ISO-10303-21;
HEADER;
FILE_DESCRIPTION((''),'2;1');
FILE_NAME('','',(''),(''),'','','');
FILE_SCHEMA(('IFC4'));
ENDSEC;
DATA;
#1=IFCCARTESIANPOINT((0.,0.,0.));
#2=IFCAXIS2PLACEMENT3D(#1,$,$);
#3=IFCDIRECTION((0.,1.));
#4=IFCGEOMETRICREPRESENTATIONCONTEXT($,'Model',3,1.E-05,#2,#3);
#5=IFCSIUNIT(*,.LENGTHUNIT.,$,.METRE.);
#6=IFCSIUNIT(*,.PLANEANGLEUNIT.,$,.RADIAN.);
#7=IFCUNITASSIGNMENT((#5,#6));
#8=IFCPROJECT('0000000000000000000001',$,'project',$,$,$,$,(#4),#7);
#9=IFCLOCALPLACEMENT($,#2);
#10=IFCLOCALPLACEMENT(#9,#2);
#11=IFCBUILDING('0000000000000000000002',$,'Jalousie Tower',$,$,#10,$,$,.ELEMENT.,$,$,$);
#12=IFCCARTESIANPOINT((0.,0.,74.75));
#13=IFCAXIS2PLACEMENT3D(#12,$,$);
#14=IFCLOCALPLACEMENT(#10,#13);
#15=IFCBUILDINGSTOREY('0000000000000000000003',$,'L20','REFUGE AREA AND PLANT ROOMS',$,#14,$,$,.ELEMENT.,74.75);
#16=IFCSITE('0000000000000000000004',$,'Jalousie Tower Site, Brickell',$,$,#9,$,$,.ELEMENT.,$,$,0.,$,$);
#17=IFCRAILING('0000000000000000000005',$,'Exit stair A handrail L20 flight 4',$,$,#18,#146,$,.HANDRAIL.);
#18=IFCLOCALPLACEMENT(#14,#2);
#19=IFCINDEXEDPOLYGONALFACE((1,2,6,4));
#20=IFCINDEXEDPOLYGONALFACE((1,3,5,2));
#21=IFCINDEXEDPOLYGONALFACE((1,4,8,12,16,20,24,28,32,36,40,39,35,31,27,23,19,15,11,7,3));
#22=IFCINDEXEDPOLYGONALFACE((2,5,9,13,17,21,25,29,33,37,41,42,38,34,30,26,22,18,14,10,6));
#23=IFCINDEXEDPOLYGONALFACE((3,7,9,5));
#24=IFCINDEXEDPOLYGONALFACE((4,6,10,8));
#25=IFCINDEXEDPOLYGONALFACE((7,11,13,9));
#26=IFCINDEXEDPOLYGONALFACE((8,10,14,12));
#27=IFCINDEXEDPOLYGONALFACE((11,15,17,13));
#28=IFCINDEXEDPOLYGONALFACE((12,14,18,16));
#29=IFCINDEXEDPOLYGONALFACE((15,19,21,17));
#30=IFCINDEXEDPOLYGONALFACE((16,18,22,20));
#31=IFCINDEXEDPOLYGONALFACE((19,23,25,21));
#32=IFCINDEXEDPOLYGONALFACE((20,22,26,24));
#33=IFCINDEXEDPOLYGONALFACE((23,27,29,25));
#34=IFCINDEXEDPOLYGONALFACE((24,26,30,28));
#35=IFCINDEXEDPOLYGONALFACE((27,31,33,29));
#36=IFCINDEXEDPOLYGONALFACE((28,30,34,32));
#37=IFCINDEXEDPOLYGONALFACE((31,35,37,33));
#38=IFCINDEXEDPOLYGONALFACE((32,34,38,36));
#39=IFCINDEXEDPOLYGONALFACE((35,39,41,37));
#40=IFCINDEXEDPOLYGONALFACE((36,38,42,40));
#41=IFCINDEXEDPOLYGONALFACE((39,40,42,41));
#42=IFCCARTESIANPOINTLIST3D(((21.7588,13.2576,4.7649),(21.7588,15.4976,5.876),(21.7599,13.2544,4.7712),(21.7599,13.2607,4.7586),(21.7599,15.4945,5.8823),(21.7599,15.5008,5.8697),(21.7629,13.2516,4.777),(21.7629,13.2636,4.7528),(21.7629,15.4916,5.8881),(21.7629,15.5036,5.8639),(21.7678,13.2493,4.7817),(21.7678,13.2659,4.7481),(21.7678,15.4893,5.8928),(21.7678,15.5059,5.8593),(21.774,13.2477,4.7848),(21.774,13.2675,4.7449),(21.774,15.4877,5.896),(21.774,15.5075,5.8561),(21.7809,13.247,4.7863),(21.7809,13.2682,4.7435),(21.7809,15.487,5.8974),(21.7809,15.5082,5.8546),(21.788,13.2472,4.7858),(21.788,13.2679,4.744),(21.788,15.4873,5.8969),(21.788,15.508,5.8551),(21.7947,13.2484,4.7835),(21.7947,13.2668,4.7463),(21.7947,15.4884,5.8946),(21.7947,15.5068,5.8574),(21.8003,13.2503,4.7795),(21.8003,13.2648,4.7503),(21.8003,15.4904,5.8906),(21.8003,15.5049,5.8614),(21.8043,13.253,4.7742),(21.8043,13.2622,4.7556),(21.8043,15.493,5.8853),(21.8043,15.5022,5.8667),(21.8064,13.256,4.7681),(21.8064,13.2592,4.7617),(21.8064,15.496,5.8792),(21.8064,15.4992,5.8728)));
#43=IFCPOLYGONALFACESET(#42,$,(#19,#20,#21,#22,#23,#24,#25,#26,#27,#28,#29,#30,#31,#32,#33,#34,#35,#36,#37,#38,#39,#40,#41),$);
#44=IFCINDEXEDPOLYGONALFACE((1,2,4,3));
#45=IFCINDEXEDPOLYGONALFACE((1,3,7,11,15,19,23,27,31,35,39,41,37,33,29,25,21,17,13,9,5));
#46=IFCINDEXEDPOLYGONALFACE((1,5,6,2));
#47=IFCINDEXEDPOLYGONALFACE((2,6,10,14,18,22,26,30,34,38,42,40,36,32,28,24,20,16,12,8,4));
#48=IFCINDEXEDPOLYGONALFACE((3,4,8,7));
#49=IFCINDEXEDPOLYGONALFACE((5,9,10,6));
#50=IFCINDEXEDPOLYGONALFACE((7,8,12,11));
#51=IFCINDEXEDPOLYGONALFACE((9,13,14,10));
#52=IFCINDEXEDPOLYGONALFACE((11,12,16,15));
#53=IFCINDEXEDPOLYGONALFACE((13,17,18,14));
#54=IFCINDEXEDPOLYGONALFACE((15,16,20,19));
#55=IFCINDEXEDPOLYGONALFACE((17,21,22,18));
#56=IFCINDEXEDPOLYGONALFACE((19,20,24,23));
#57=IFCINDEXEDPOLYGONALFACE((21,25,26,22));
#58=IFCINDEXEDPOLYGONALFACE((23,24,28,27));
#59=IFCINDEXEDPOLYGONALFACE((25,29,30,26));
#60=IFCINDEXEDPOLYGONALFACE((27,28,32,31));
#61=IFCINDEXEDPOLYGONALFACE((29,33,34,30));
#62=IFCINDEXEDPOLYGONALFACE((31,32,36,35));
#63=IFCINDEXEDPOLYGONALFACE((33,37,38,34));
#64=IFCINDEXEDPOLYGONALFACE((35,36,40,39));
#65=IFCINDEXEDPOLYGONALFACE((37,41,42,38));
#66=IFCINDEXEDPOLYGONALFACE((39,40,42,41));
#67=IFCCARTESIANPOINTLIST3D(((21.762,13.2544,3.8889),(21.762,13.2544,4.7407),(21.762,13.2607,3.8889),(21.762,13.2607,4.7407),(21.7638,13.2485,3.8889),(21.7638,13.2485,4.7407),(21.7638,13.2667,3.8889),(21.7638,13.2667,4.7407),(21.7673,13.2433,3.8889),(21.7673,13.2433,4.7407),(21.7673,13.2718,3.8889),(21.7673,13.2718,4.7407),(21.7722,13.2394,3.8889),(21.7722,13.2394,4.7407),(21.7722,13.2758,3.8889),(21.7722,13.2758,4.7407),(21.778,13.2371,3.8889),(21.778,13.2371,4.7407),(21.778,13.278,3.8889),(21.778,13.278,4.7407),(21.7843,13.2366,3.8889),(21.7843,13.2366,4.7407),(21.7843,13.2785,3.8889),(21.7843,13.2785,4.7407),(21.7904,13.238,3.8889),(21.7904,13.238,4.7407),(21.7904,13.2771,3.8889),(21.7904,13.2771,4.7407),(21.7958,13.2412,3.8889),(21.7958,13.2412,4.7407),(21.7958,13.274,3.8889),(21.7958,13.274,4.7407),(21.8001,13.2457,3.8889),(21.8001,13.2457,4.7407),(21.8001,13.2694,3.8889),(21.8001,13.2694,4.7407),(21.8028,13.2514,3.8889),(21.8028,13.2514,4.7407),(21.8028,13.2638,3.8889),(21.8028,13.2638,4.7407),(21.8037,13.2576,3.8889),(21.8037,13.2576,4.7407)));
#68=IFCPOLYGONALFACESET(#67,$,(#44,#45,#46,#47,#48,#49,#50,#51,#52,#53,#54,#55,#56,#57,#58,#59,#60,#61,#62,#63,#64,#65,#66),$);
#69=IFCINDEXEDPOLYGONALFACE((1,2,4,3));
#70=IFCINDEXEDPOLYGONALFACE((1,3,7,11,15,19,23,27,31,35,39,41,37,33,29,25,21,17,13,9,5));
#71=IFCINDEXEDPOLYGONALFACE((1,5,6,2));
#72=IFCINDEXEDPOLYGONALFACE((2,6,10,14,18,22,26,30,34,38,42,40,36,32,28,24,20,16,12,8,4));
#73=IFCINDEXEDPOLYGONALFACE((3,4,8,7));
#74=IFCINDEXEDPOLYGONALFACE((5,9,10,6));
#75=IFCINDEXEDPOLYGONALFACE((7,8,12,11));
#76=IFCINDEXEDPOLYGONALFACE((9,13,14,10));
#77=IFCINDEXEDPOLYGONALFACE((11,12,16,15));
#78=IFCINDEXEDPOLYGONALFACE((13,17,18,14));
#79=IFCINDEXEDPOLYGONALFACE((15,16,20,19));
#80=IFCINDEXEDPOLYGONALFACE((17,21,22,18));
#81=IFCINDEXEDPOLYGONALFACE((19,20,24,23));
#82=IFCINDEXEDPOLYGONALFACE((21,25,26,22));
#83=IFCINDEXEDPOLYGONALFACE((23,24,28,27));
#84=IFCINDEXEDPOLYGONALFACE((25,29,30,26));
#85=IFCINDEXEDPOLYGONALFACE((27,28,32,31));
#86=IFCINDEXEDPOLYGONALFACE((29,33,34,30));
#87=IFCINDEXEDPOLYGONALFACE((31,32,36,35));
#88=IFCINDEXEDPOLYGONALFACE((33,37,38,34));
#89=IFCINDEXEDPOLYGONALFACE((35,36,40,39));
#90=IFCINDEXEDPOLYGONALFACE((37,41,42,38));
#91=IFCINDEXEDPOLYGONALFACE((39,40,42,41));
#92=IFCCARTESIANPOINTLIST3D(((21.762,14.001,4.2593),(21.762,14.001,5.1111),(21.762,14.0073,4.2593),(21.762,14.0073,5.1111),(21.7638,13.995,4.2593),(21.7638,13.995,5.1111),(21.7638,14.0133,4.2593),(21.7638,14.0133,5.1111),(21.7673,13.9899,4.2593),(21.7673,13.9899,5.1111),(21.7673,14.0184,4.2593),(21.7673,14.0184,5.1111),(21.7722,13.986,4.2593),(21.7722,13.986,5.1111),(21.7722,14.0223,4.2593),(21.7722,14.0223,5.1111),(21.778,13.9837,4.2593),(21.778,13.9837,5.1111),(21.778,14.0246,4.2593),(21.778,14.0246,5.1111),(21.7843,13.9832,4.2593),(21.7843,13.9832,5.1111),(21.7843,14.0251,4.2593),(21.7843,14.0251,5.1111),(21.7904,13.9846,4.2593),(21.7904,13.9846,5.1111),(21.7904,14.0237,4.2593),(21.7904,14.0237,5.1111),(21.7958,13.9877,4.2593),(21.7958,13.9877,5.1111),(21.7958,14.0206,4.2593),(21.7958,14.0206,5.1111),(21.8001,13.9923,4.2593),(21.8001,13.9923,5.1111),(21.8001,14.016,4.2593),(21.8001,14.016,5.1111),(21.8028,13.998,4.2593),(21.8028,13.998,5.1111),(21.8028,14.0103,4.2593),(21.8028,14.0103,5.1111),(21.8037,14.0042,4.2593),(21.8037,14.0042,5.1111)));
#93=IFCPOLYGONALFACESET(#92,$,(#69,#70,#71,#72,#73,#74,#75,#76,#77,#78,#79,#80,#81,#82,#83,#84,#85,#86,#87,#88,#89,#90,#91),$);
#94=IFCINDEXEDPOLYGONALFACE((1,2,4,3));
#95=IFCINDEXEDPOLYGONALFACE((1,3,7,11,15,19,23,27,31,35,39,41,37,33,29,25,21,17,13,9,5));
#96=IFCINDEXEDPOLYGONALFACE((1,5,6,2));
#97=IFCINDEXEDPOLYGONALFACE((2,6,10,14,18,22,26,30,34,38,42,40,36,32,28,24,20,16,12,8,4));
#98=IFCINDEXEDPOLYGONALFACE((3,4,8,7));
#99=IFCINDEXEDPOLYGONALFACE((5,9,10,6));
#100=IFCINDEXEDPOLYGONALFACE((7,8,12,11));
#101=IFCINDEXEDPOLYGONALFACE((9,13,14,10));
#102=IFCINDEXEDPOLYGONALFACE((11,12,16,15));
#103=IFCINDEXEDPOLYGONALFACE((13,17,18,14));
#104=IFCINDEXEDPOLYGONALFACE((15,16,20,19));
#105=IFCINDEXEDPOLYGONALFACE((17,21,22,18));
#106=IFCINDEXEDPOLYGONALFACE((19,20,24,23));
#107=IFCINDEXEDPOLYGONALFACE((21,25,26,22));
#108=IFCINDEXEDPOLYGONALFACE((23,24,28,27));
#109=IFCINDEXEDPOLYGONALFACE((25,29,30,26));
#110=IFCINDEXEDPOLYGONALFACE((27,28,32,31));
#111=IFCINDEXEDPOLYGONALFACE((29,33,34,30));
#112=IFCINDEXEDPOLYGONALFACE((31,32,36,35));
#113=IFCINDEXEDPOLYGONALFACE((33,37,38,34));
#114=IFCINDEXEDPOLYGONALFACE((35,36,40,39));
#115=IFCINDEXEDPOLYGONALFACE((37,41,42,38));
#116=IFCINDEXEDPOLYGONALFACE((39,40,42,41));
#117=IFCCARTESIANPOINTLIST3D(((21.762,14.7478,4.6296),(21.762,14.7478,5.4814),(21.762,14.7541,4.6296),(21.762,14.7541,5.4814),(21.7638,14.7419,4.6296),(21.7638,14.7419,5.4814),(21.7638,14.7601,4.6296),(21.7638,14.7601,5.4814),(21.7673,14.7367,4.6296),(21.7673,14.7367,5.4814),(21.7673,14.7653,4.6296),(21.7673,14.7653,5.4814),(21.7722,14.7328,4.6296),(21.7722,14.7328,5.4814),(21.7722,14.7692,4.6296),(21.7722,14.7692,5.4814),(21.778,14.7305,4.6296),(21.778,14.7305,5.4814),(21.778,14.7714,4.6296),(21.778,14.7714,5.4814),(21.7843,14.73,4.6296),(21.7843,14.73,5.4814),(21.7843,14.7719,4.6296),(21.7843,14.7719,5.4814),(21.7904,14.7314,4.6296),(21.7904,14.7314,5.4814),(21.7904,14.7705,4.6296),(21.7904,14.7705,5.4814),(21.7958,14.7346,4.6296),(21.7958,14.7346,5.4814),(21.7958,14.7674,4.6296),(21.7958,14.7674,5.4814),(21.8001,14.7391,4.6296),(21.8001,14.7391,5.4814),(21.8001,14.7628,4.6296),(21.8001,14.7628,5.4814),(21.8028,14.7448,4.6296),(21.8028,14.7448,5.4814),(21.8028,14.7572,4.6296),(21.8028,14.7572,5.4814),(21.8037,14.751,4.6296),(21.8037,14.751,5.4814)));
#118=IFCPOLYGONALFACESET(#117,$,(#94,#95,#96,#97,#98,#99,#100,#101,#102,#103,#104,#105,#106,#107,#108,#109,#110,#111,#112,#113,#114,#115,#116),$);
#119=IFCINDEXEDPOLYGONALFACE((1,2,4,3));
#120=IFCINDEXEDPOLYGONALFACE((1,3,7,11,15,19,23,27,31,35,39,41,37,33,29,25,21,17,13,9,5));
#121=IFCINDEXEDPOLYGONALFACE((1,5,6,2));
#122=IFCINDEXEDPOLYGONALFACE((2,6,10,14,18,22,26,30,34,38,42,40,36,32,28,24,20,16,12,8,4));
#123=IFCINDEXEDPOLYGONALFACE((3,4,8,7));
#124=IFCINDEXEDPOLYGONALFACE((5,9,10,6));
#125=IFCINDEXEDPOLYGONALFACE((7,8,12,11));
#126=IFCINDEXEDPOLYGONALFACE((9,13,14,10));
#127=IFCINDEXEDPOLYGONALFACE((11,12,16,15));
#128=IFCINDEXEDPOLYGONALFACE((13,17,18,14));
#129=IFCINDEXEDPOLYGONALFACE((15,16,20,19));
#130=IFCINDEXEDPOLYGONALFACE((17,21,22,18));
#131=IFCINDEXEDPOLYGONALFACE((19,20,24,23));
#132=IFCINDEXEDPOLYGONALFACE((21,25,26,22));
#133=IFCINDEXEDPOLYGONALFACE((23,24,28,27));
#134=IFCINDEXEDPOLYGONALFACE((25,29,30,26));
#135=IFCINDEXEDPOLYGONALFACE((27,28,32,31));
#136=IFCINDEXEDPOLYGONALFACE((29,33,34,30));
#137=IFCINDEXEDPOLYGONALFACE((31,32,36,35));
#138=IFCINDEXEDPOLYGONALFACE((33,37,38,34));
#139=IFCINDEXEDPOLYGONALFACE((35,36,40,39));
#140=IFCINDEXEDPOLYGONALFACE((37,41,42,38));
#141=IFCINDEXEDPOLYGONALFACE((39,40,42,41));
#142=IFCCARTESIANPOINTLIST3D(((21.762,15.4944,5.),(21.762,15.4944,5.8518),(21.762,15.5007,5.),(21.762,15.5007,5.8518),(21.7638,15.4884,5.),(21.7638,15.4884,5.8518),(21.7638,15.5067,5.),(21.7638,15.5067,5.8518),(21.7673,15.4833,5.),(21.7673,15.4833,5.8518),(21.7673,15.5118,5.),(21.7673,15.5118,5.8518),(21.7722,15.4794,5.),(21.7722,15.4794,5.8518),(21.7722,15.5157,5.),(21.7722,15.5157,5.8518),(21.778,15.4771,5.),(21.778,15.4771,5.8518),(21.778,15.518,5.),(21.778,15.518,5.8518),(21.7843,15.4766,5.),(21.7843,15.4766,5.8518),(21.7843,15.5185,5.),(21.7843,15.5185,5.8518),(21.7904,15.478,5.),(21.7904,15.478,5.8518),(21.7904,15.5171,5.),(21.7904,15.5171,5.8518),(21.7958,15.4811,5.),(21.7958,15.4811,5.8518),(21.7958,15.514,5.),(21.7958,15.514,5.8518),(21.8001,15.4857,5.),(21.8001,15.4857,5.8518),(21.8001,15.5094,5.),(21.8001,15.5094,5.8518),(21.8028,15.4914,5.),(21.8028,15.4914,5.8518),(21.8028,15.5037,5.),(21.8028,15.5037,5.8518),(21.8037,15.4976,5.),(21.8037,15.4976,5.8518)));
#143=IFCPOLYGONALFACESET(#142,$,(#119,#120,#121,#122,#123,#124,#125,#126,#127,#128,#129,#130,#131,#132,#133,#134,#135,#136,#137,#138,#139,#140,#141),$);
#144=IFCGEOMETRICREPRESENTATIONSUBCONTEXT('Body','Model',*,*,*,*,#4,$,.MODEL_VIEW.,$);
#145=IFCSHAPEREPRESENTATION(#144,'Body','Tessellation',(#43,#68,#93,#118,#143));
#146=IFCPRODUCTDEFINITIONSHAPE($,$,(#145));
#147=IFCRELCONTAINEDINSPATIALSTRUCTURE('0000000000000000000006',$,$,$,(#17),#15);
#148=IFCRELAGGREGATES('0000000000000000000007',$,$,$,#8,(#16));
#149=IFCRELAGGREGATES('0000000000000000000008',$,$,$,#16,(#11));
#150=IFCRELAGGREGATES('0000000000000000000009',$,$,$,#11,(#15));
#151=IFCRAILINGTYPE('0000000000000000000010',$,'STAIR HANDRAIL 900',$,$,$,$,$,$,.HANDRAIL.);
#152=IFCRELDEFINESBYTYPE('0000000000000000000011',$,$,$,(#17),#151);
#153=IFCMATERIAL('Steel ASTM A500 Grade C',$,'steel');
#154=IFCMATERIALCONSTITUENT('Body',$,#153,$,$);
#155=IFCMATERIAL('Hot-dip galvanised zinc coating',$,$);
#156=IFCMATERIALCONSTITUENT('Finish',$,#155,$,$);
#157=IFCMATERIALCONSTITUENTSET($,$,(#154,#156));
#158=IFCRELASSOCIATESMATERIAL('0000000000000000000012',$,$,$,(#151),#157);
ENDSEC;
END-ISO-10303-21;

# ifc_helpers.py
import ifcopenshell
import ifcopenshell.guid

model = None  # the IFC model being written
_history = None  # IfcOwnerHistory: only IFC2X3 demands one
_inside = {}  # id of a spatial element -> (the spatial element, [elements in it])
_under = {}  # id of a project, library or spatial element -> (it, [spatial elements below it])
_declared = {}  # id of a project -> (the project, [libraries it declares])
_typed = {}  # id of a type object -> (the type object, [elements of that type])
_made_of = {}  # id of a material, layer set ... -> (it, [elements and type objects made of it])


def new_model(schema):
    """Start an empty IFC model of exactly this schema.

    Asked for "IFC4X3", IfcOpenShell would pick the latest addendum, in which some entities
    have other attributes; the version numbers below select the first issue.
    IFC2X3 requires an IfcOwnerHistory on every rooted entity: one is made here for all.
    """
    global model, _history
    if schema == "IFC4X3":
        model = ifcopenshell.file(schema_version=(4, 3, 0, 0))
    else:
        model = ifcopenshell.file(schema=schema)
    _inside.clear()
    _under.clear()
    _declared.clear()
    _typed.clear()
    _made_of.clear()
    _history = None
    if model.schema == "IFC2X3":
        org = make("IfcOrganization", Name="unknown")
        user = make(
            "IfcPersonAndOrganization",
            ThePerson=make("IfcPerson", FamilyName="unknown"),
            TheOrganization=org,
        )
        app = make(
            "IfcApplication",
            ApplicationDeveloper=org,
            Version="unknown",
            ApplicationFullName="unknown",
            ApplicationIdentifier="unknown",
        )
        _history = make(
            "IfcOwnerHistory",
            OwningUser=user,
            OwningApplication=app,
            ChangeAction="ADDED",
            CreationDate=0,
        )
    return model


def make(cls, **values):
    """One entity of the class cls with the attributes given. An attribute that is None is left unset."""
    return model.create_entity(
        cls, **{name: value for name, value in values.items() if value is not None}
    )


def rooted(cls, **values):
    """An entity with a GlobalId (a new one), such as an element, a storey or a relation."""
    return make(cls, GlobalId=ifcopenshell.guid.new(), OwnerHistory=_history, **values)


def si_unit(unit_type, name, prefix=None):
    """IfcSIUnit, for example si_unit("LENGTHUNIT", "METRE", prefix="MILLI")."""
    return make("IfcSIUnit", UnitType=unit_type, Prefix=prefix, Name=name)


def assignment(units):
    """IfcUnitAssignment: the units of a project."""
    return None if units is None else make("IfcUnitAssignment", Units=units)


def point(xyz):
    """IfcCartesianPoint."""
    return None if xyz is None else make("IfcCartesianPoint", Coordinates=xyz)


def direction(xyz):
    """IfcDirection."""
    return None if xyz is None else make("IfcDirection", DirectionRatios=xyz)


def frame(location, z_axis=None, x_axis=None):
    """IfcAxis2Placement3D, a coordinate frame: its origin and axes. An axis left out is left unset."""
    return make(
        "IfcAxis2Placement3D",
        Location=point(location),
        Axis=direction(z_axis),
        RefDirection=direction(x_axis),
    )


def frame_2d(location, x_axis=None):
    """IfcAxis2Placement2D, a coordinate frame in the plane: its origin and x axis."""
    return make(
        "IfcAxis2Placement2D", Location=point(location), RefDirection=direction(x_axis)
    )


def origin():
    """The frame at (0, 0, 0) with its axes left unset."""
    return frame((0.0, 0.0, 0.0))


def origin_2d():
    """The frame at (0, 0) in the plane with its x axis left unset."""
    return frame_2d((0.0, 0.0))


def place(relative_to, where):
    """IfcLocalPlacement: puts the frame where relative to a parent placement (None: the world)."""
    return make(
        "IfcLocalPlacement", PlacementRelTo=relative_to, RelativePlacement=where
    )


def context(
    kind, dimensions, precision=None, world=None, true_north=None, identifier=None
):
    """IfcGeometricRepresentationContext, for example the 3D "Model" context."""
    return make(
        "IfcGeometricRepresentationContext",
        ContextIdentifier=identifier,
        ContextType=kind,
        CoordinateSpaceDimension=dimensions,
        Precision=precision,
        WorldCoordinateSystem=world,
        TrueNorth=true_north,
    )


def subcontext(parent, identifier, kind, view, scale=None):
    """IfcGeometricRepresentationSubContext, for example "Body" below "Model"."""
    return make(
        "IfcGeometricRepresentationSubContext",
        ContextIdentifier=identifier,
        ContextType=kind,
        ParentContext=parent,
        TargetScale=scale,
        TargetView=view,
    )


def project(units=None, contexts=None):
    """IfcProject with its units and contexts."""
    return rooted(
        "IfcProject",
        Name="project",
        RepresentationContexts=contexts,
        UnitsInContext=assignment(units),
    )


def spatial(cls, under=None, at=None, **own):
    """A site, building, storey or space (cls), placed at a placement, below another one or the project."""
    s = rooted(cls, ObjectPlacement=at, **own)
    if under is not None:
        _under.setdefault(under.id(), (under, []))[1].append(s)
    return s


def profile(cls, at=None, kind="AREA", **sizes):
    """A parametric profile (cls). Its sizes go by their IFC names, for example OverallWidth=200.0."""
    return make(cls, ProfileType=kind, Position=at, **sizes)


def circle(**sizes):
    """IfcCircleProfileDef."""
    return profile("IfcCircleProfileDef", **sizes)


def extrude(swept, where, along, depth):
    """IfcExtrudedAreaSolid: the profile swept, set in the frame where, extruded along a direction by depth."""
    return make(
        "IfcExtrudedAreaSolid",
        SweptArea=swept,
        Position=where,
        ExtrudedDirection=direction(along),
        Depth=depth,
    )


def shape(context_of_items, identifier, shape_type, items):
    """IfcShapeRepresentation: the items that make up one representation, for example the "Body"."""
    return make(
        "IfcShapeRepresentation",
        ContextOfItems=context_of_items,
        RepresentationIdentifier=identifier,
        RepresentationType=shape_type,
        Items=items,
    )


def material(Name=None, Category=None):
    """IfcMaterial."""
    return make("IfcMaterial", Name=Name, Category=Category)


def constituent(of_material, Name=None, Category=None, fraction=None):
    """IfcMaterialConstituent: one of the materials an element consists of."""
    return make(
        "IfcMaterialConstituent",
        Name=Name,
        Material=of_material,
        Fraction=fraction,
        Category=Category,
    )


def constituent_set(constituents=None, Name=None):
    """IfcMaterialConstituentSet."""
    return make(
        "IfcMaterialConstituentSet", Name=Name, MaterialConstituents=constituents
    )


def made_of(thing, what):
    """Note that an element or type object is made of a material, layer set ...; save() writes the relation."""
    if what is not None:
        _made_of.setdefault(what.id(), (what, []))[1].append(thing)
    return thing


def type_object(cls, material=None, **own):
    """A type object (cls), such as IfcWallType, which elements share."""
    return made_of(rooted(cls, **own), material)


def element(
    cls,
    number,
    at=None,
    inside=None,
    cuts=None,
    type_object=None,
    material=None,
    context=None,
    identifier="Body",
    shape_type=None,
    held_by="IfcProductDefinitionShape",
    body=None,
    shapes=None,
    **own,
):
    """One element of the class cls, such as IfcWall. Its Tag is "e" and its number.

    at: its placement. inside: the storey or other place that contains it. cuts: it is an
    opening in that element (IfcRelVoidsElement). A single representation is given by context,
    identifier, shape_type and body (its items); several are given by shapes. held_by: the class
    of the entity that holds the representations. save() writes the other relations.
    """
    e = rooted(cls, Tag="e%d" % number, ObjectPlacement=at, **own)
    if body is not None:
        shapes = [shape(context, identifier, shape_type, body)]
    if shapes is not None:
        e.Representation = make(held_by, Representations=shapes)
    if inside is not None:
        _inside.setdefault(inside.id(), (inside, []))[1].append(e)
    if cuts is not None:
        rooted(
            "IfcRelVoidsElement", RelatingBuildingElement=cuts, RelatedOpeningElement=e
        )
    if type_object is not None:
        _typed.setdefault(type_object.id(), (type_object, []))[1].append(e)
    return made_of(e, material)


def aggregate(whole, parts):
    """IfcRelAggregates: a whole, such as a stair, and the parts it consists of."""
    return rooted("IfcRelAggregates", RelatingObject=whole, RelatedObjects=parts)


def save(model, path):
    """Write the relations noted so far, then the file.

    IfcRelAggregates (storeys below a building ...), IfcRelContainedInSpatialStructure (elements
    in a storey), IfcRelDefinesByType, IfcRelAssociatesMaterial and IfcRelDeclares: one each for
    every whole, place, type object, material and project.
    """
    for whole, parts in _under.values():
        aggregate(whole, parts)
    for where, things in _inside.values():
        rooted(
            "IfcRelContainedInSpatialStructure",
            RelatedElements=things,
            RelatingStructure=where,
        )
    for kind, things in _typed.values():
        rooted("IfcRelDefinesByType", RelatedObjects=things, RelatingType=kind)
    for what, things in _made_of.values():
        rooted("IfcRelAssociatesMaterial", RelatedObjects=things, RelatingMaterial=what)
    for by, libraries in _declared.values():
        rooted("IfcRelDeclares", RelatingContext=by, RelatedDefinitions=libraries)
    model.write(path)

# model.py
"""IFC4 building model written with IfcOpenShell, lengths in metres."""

from ifc_helpers import new_model, si_unit, direction, frame, origin, origin_2d, place, context, subcontext, project, spatial, circle, extrude, material, constituent, constituent_set, type_object, element, save


model = new_model("IFC4")

# Units and contexts
model_context = context("Model", 3, precision=1e-05, world=origin(), true_north=direction((0.0, 1.0)))
body_context = subcontext(model_context, "Body", "Model", "MODEL_VIEW")
ifc_project = project(units=[si_unit("LENGTHUNIT", "METRE"), si_unit("PLANEANGLEUNIT", "RADIAN")], contexts=[model_context])

# Site, building, storey
site_placement = place(None, origin())
site = spatial("IfcSite", under=ifc_project, at=site_placement, Name="Jalousie Tower Site, Brickell", CompositionType="ELEMENT", RefElevation=0.0)
building_placement = place(site_placement, origin())
building = spatial("IfcBuilding", under=site, at=building_placement, Name="Jalousie Tower", CompositionType="ELEMENT")
storey_placement = place(building_placement, frame((0.0, 0.0, 74.75)))
storey = spatial("IfcBuildingStorey", under=building, at=storey_placement, Name="L20", Description="REFUGE AREA AND PLANT ROOMS", CompositionType="ELEMENT", Elevation=74.75)

# Railing
ifc_material_1 = material(Name="Steel ASTM A500 Grade C", Category="steel")
ifc_constituent_1 = constituent(ifc_material_1, Name="Body")
ifc_material_2 = material(Name="Hot-dip galvanised zinc coating")
ifc_constituent_2 = constituent(ifc_material_2, Name="Finish")
ifc_constituent_set_1 = constituent_set(constituents=[ifc_constituent_1, ifc_constituent_2])
railing_type_1 = type_object("IfcRailingType", Name="STAIR HANDRAIL 900", PredefinedType="HANDRAIL", material=ifc_constituent_set_1)
railing_1_placement = place(storey_placement, frame((21.7827, 13.2576, 3.8889)))
element("IfcRailing", 1, at=railing_1_placement, inside=storey, type_object=railing_type_1, Name="Exit stair A handrail L20 flight 4", PredefinedType="HANDRAIL", context=body_context, shape_type="SweptSolid", body=[
    extrude(circle(Radius=0.0239, at=origin_2d()), frame((0.0, 0.0, 0.876), z_axis=(0.0, 0.895848, 0.44436), x_axis=(-1.0, 0.0, 0.0)), (0.0, 0.0, 1.0), 2.5005),
    extrude(circle(Radius=0.021, at=origin_2d()), origin(), (0.0, 0.0, 1.0), 0.8518),
    extrude(circle(Radius=0.021, at=origin_2d()), frame((0.0, 0.7466, 0.3704)), (0.0, 0.0, 1.0), 0.8518),
    extrude(circle(Radius=0.021, at=origin_2d()), frame((0.0, 1.4934, 0.7407)), (0.0, 0.0, 1.0), 0.8518),
    extrude(circle(Radius=0.021, at=origin_2d()), frame((0.0, 2.24, 1.1111)), (0.0, 0.0, 1.0), 0.8518),
])

save(model, "model.ifc")
